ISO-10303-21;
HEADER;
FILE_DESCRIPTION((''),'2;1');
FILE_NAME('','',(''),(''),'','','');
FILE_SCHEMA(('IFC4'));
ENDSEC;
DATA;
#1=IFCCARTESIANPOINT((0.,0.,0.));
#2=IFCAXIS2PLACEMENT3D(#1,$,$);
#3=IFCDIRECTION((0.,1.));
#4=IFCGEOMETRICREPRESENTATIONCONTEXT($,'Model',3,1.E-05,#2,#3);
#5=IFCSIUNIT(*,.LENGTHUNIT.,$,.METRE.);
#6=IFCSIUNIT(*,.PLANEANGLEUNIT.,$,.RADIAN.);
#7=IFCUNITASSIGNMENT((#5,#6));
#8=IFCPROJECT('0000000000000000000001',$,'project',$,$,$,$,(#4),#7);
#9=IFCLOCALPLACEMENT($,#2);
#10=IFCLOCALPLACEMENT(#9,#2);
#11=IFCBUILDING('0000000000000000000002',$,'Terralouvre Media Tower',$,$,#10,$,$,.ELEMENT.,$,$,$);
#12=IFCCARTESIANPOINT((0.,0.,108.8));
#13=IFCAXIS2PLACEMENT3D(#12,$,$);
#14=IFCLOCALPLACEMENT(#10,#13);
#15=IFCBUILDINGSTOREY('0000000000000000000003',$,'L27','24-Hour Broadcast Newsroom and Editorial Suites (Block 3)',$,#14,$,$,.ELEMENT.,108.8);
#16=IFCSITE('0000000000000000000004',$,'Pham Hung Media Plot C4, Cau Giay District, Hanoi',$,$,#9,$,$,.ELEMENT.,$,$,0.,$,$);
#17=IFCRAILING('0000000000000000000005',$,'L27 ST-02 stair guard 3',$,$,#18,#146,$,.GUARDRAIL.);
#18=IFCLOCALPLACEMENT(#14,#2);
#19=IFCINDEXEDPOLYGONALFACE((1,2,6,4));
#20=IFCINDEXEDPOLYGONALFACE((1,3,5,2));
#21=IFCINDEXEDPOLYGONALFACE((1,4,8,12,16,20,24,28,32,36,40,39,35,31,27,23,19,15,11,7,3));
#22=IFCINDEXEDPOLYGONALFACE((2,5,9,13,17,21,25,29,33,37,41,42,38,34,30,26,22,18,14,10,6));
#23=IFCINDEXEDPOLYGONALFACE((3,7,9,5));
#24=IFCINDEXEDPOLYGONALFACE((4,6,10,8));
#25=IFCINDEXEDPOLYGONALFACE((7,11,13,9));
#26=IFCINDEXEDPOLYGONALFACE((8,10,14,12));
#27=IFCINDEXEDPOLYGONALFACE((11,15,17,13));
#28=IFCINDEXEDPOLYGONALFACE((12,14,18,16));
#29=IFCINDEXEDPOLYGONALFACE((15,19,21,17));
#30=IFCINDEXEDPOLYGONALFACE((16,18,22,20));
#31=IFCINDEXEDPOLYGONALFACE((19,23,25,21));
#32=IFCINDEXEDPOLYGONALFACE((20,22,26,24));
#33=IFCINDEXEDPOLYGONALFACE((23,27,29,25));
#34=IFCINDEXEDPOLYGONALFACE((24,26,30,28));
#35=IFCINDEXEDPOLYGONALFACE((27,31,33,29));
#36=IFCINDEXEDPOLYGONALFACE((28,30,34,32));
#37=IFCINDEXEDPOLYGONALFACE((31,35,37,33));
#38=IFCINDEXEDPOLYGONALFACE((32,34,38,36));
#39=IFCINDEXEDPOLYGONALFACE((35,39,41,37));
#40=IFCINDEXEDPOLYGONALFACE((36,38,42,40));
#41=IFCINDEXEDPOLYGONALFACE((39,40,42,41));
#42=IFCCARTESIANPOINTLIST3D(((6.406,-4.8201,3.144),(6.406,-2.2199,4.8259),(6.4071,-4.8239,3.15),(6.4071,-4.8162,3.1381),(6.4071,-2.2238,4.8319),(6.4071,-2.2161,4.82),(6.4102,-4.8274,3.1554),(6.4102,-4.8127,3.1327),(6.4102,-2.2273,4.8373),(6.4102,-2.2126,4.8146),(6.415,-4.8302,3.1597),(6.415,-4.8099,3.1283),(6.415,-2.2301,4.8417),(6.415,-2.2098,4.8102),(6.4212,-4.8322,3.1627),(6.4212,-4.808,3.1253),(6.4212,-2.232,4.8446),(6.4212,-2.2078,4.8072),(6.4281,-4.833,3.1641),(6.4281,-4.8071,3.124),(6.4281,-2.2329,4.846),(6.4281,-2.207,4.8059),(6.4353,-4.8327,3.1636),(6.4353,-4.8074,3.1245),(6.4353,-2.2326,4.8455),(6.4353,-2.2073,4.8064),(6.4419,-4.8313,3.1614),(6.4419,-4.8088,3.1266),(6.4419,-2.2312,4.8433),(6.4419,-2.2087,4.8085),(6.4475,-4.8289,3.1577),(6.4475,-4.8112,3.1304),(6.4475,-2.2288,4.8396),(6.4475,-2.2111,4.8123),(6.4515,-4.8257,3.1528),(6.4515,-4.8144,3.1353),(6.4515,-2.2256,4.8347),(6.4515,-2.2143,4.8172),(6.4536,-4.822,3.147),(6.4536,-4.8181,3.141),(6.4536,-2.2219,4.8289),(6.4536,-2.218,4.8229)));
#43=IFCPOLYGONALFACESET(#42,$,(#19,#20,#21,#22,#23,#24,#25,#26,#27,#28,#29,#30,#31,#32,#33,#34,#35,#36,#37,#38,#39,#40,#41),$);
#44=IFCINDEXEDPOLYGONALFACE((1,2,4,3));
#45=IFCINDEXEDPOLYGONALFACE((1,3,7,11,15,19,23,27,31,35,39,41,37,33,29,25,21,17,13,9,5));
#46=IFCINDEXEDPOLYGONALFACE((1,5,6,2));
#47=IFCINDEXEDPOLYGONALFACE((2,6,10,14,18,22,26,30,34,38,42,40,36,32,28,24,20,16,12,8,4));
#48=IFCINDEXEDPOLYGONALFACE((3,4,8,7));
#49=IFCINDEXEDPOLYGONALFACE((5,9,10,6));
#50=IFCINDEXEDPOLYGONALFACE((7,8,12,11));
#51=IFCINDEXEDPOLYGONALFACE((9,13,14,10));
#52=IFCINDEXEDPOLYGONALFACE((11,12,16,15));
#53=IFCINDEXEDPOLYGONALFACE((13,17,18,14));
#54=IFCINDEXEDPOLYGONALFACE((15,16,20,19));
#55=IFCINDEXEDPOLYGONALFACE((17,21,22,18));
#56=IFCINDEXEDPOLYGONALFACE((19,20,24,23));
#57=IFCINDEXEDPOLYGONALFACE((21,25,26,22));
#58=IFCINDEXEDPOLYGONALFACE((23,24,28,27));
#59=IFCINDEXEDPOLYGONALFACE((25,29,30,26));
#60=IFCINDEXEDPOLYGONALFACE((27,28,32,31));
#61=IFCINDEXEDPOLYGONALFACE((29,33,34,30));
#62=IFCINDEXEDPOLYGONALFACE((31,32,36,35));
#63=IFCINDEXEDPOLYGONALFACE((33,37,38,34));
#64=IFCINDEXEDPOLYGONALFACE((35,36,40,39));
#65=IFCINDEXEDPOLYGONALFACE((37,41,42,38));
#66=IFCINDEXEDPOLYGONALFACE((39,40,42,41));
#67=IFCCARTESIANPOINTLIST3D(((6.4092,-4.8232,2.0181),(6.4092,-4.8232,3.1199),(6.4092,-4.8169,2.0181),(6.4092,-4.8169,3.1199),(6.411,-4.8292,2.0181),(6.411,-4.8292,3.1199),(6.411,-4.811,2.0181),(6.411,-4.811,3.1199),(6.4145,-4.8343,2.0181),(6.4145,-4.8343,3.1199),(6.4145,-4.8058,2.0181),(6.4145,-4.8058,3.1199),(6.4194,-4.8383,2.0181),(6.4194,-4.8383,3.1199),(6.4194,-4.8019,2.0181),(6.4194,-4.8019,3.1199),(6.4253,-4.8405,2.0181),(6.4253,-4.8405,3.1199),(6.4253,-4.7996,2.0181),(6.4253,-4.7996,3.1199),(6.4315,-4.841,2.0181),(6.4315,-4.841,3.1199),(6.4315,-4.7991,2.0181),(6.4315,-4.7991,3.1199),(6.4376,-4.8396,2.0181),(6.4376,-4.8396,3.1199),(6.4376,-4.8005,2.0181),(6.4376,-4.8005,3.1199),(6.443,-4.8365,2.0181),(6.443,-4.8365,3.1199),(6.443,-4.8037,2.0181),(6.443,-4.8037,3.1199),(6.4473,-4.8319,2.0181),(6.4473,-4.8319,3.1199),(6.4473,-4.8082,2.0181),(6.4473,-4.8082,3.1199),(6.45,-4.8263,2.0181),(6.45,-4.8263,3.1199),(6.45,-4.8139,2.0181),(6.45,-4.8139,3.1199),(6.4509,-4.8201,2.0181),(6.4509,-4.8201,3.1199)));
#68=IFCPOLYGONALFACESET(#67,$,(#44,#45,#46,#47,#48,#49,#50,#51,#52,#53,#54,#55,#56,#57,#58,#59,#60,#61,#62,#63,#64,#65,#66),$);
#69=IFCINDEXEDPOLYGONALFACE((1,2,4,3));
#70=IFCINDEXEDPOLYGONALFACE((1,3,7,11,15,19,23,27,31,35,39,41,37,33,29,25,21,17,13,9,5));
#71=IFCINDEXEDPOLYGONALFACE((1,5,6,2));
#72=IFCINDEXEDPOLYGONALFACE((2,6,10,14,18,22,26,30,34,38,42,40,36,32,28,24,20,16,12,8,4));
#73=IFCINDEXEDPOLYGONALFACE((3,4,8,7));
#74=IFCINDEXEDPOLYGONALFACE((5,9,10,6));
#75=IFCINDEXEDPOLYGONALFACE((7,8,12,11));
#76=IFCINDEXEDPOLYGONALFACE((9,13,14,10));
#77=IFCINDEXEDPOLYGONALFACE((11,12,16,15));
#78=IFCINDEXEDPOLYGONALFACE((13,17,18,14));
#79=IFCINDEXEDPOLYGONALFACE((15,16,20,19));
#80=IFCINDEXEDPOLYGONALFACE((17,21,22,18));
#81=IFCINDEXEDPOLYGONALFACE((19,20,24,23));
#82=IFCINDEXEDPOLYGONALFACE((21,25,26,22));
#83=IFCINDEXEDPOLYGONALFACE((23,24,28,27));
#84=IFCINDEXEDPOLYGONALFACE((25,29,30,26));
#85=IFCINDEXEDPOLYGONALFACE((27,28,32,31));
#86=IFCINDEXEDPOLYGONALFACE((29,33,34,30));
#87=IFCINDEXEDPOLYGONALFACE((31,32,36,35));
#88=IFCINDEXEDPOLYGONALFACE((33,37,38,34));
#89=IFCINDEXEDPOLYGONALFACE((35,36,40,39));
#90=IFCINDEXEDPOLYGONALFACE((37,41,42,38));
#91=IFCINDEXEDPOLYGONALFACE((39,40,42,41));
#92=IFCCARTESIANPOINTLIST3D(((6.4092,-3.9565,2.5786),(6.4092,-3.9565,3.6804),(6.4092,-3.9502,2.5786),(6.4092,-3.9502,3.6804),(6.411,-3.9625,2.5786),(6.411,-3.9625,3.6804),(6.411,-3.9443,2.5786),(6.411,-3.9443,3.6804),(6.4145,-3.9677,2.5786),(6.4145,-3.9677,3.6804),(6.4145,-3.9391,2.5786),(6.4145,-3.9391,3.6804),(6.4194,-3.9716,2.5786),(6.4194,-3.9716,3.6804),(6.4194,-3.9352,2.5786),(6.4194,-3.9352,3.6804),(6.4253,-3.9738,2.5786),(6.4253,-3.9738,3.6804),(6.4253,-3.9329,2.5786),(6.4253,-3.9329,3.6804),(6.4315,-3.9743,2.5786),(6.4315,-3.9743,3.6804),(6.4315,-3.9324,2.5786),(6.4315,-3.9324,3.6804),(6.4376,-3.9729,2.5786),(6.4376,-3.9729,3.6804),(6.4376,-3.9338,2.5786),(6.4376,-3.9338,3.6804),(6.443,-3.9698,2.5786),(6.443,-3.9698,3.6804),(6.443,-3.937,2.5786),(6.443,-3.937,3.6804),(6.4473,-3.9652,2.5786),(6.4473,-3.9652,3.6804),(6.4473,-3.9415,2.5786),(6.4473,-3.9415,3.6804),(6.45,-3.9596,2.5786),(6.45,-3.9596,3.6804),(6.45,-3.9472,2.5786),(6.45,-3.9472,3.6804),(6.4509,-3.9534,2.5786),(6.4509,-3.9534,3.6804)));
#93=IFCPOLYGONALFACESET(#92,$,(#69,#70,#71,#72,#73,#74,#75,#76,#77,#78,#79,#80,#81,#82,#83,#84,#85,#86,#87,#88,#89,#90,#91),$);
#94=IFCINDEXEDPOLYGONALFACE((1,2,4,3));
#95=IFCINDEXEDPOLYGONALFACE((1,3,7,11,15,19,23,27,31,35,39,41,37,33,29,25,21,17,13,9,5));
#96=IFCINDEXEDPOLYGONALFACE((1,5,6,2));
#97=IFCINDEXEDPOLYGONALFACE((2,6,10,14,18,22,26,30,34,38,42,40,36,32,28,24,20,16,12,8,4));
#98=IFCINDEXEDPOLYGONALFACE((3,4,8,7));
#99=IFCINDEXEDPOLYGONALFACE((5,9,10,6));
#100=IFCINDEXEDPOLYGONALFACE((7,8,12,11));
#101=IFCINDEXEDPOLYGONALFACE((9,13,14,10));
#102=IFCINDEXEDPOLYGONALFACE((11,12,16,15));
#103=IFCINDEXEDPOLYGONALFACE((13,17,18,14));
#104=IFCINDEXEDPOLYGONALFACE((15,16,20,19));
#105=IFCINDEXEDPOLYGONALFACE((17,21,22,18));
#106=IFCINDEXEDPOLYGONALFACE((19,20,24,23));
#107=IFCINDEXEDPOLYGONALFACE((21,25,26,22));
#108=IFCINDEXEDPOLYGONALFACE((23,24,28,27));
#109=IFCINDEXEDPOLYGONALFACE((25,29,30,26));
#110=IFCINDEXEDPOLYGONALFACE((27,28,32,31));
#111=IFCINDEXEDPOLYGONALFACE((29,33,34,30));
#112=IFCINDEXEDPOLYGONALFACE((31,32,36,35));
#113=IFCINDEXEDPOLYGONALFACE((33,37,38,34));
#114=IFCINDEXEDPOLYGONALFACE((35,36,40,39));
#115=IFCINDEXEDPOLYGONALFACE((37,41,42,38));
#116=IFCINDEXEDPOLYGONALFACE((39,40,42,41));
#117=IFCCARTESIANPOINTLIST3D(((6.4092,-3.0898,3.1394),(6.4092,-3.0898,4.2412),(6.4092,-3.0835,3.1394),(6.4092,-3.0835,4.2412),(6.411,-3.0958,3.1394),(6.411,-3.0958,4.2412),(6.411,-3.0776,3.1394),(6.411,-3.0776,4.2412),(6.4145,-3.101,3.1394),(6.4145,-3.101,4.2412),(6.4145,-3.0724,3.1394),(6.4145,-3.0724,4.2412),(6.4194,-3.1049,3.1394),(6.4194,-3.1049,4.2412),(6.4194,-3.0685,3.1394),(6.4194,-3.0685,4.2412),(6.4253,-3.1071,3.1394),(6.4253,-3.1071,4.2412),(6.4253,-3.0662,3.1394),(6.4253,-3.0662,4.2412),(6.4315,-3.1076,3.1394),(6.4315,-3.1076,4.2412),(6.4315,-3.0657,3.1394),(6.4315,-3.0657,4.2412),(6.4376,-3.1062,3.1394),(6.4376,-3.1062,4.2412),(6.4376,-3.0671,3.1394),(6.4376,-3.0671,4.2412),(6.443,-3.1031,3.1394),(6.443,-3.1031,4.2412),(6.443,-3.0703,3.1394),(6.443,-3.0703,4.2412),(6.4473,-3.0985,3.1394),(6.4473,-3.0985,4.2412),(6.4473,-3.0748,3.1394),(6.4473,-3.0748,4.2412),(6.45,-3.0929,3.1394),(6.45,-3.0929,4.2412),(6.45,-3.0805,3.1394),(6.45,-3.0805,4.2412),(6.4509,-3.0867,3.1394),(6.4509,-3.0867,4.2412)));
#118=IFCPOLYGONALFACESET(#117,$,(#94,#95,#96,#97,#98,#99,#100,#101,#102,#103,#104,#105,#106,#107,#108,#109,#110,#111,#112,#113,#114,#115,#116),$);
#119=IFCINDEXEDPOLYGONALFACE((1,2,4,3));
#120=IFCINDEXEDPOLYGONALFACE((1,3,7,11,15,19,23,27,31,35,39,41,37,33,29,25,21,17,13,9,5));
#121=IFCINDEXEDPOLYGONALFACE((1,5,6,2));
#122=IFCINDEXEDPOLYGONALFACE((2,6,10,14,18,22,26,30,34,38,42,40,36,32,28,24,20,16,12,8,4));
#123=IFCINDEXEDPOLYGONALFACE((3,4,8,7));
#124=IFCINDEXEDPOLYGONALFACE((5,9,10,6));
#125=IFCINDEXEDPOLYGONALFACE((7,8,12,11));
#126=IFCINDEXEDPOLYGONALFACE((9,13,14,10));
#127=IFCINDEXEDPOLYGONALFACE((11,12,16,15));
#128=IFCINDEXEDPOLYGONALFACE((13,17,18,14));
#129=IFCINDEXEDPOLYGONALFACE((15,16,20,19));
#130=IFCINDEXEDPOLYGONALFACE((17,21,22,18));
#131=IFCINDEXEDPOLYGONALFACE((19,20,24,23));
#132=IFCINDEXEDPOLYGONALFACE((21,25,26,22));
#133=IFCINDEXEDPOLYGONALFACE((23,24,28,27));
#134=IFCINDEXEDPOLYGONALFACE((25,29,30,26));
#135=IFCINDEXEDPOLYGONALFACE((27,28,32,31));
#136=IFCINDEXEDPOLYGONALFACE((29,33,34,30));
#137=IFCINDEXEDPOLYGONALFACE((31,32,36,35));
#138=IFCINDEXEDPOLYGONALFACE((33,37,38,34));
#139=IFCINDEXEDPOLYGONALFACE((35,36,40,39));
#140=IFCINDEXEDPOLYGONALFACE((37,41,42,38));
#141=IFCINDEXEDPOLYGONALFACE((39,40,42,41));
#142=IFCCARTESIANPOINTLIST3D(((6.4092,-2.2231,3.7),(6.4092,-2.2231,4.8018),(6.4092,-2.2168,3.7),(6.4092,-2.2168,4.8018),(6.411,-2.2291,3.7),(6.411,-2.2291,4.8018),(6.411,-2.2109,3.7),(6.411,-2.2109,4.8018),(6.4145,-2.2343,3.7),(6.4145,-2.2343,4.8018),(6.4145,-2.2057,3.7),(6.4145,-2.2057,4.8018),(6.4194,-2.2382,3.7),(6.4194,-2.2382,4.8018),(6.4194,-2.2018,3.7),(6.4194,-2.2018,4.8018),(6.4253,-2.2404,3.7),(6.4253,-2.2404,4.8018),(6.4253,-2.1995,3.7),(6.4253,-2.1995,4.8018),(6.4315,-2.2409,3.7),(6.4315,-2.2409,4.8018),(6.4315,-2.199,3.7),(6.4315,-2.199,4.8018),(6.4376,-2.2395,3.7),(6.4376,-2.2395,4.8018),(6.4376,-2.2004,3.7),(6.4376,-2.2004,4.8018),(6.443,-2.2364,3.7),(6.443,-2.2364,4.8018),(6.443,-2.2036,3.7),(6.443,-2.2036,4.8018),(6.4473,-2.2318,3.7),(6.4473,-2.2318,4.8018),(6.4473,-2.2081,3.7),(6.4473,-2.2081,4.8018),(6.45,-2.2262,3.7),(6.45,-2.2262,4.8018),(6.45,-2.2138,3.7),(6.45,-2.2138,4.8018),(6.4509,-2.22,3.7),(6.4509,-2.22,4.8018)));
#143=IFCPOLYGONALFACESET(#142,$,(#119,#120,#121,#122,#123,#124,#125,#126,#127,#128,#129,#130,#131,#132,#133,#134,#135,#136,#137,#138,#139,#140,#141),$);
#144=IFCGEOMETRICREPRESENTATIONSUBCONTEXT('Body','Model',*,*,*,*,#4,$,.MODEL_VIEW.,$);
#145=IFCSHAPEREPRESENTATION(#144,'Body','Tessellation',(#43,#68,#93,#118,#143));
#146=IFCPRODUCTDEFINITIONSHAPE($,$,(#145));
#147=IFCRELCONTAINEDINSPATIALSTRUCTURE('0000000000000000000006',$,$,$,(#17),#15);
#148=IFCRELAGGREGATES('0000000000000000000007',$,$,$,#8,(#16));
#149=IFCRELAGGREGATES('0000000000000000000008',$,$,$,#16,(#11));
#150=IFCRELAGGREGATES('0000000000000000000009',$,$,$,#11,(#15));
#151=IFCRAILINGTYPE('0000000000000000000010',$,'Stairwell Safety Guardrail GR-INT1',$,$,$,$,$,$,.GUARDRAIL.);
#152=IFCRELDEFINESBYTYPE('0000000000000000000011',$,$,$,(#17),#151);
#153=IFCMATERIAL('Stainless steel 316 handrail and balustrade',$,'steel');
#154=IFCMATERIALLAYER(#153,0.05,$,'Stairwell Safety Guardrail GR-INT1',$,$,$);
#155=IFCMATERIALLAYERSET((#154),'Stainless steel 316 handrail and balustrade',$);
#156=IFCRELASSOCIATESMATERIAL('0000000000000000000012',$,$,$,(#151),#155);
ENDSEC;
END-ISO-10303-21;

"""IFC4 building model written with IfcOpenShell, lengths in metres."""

from ifc_helpers import new_model, si_unit, direction, frame, origin, origin_2d, place, context, subcontext, project, spatial, circle, extrude, material, layer, layer_set, type_object, element, save


model = new_model("IFC4")

# Units and contexts
model_context = context("Model", 3, precision=1e-05, world=origin(), true_north=direction((0.0, 1.0)))
body_context = subcontext(model_context, "Body", "Model", "MODEL_VIEW")
ifc_project = project(units=[si_unit("LENGTHUNIT", "METRE"), si_unit("PLANEANGLEUNIT", "RADIAN")], contexts=[model_context])

# Site, building, storey
site_placement = place(None, origin())
site = spatial("IfcSite", under=ifc_project, at=site_placement, Name="Pham Hung Media Plot C4, Cau Giay District, Hanoi", CompositionType="ELEMENT", RefElevation=0.0)
building_placement = place(site_placement, origin())
building = spatial("IfcBuilding", under=site, at=building_placement, Name="Terralouvre Media Tower", CompositionType="ELEMENT")
storey_placement = place(building_placement, frame((0.0, 0.0, 108.8)))
storey = spatial("IfcBuildingStorey", under=building, at=storey_placement, Name="L27", Description="24-Hour Broadcast Newsroom and Editorial Suites (Block 3)", CompositionType="ELEMENT", Elevation=108.8)

# Railing
ifc_material_1 = material(Name="Stainless steel 316 handrail and balustrade", Category="steel")
ifc_layer_1 = layer(ifc_material_1, 0.05, Name="Stairwell Safety Guardrail GR-INT1")
ifc_layer_set_1 = layer_set([ifc_layer_1], Name="Stainless steel 316 handrail and balustrade")
railing_type_1 = type_object("IfcRailingType", Name="Stairwell Safety Guardrail GR-INT1", PredefinedType="GUARDRAIL", material=ifc_layer_set_1)
railing_1_placement = place(storey_placement, frame((6.4299, -4.8201, 2.0181)))
element("IfcRailing", 1, at=railing_1_placement, inside=storey, type_object=railing_type_1, Name="L27 ST-02 stair guard 3", PredefinedType="GUARDRAIL", context=body_context, shape_type="SweptSolid", body=[
    extrude(circle(Radius=0.0239, at=origin_2d()), frame((0.0, 0.0, 1.126), z_axis=(0.0, 0.839648, 0.54313), x_axis=(-1.0, 0.0, 0.0)), (0.0, 0.0, 1.0), 3.0967),
    extrude(circle(Radius=0.021, at=origin_2d()), origin(), (0.0, 0.0, 1.0), 1.1018),
    extrude(circle(Radius=0.021, at=origin_2d()), frame((0.0, 0.8667, 0.5605)), (0.0, 0.0, 1.0), 1.1018),
    extrude(circle(Radius=0.021, at=origin_2d()), frame((0.0, 1.7334, 1.1213)), (0.0, 0.0, 1.0), 1.1018),
    extrude(circle(Radius=0.021, at=origin_2d()), frame((0.0, 2.6001, 1.6819)), (0.0, 0.0, 1.0), 1.1018),
])

save(model, "model.ifc")
